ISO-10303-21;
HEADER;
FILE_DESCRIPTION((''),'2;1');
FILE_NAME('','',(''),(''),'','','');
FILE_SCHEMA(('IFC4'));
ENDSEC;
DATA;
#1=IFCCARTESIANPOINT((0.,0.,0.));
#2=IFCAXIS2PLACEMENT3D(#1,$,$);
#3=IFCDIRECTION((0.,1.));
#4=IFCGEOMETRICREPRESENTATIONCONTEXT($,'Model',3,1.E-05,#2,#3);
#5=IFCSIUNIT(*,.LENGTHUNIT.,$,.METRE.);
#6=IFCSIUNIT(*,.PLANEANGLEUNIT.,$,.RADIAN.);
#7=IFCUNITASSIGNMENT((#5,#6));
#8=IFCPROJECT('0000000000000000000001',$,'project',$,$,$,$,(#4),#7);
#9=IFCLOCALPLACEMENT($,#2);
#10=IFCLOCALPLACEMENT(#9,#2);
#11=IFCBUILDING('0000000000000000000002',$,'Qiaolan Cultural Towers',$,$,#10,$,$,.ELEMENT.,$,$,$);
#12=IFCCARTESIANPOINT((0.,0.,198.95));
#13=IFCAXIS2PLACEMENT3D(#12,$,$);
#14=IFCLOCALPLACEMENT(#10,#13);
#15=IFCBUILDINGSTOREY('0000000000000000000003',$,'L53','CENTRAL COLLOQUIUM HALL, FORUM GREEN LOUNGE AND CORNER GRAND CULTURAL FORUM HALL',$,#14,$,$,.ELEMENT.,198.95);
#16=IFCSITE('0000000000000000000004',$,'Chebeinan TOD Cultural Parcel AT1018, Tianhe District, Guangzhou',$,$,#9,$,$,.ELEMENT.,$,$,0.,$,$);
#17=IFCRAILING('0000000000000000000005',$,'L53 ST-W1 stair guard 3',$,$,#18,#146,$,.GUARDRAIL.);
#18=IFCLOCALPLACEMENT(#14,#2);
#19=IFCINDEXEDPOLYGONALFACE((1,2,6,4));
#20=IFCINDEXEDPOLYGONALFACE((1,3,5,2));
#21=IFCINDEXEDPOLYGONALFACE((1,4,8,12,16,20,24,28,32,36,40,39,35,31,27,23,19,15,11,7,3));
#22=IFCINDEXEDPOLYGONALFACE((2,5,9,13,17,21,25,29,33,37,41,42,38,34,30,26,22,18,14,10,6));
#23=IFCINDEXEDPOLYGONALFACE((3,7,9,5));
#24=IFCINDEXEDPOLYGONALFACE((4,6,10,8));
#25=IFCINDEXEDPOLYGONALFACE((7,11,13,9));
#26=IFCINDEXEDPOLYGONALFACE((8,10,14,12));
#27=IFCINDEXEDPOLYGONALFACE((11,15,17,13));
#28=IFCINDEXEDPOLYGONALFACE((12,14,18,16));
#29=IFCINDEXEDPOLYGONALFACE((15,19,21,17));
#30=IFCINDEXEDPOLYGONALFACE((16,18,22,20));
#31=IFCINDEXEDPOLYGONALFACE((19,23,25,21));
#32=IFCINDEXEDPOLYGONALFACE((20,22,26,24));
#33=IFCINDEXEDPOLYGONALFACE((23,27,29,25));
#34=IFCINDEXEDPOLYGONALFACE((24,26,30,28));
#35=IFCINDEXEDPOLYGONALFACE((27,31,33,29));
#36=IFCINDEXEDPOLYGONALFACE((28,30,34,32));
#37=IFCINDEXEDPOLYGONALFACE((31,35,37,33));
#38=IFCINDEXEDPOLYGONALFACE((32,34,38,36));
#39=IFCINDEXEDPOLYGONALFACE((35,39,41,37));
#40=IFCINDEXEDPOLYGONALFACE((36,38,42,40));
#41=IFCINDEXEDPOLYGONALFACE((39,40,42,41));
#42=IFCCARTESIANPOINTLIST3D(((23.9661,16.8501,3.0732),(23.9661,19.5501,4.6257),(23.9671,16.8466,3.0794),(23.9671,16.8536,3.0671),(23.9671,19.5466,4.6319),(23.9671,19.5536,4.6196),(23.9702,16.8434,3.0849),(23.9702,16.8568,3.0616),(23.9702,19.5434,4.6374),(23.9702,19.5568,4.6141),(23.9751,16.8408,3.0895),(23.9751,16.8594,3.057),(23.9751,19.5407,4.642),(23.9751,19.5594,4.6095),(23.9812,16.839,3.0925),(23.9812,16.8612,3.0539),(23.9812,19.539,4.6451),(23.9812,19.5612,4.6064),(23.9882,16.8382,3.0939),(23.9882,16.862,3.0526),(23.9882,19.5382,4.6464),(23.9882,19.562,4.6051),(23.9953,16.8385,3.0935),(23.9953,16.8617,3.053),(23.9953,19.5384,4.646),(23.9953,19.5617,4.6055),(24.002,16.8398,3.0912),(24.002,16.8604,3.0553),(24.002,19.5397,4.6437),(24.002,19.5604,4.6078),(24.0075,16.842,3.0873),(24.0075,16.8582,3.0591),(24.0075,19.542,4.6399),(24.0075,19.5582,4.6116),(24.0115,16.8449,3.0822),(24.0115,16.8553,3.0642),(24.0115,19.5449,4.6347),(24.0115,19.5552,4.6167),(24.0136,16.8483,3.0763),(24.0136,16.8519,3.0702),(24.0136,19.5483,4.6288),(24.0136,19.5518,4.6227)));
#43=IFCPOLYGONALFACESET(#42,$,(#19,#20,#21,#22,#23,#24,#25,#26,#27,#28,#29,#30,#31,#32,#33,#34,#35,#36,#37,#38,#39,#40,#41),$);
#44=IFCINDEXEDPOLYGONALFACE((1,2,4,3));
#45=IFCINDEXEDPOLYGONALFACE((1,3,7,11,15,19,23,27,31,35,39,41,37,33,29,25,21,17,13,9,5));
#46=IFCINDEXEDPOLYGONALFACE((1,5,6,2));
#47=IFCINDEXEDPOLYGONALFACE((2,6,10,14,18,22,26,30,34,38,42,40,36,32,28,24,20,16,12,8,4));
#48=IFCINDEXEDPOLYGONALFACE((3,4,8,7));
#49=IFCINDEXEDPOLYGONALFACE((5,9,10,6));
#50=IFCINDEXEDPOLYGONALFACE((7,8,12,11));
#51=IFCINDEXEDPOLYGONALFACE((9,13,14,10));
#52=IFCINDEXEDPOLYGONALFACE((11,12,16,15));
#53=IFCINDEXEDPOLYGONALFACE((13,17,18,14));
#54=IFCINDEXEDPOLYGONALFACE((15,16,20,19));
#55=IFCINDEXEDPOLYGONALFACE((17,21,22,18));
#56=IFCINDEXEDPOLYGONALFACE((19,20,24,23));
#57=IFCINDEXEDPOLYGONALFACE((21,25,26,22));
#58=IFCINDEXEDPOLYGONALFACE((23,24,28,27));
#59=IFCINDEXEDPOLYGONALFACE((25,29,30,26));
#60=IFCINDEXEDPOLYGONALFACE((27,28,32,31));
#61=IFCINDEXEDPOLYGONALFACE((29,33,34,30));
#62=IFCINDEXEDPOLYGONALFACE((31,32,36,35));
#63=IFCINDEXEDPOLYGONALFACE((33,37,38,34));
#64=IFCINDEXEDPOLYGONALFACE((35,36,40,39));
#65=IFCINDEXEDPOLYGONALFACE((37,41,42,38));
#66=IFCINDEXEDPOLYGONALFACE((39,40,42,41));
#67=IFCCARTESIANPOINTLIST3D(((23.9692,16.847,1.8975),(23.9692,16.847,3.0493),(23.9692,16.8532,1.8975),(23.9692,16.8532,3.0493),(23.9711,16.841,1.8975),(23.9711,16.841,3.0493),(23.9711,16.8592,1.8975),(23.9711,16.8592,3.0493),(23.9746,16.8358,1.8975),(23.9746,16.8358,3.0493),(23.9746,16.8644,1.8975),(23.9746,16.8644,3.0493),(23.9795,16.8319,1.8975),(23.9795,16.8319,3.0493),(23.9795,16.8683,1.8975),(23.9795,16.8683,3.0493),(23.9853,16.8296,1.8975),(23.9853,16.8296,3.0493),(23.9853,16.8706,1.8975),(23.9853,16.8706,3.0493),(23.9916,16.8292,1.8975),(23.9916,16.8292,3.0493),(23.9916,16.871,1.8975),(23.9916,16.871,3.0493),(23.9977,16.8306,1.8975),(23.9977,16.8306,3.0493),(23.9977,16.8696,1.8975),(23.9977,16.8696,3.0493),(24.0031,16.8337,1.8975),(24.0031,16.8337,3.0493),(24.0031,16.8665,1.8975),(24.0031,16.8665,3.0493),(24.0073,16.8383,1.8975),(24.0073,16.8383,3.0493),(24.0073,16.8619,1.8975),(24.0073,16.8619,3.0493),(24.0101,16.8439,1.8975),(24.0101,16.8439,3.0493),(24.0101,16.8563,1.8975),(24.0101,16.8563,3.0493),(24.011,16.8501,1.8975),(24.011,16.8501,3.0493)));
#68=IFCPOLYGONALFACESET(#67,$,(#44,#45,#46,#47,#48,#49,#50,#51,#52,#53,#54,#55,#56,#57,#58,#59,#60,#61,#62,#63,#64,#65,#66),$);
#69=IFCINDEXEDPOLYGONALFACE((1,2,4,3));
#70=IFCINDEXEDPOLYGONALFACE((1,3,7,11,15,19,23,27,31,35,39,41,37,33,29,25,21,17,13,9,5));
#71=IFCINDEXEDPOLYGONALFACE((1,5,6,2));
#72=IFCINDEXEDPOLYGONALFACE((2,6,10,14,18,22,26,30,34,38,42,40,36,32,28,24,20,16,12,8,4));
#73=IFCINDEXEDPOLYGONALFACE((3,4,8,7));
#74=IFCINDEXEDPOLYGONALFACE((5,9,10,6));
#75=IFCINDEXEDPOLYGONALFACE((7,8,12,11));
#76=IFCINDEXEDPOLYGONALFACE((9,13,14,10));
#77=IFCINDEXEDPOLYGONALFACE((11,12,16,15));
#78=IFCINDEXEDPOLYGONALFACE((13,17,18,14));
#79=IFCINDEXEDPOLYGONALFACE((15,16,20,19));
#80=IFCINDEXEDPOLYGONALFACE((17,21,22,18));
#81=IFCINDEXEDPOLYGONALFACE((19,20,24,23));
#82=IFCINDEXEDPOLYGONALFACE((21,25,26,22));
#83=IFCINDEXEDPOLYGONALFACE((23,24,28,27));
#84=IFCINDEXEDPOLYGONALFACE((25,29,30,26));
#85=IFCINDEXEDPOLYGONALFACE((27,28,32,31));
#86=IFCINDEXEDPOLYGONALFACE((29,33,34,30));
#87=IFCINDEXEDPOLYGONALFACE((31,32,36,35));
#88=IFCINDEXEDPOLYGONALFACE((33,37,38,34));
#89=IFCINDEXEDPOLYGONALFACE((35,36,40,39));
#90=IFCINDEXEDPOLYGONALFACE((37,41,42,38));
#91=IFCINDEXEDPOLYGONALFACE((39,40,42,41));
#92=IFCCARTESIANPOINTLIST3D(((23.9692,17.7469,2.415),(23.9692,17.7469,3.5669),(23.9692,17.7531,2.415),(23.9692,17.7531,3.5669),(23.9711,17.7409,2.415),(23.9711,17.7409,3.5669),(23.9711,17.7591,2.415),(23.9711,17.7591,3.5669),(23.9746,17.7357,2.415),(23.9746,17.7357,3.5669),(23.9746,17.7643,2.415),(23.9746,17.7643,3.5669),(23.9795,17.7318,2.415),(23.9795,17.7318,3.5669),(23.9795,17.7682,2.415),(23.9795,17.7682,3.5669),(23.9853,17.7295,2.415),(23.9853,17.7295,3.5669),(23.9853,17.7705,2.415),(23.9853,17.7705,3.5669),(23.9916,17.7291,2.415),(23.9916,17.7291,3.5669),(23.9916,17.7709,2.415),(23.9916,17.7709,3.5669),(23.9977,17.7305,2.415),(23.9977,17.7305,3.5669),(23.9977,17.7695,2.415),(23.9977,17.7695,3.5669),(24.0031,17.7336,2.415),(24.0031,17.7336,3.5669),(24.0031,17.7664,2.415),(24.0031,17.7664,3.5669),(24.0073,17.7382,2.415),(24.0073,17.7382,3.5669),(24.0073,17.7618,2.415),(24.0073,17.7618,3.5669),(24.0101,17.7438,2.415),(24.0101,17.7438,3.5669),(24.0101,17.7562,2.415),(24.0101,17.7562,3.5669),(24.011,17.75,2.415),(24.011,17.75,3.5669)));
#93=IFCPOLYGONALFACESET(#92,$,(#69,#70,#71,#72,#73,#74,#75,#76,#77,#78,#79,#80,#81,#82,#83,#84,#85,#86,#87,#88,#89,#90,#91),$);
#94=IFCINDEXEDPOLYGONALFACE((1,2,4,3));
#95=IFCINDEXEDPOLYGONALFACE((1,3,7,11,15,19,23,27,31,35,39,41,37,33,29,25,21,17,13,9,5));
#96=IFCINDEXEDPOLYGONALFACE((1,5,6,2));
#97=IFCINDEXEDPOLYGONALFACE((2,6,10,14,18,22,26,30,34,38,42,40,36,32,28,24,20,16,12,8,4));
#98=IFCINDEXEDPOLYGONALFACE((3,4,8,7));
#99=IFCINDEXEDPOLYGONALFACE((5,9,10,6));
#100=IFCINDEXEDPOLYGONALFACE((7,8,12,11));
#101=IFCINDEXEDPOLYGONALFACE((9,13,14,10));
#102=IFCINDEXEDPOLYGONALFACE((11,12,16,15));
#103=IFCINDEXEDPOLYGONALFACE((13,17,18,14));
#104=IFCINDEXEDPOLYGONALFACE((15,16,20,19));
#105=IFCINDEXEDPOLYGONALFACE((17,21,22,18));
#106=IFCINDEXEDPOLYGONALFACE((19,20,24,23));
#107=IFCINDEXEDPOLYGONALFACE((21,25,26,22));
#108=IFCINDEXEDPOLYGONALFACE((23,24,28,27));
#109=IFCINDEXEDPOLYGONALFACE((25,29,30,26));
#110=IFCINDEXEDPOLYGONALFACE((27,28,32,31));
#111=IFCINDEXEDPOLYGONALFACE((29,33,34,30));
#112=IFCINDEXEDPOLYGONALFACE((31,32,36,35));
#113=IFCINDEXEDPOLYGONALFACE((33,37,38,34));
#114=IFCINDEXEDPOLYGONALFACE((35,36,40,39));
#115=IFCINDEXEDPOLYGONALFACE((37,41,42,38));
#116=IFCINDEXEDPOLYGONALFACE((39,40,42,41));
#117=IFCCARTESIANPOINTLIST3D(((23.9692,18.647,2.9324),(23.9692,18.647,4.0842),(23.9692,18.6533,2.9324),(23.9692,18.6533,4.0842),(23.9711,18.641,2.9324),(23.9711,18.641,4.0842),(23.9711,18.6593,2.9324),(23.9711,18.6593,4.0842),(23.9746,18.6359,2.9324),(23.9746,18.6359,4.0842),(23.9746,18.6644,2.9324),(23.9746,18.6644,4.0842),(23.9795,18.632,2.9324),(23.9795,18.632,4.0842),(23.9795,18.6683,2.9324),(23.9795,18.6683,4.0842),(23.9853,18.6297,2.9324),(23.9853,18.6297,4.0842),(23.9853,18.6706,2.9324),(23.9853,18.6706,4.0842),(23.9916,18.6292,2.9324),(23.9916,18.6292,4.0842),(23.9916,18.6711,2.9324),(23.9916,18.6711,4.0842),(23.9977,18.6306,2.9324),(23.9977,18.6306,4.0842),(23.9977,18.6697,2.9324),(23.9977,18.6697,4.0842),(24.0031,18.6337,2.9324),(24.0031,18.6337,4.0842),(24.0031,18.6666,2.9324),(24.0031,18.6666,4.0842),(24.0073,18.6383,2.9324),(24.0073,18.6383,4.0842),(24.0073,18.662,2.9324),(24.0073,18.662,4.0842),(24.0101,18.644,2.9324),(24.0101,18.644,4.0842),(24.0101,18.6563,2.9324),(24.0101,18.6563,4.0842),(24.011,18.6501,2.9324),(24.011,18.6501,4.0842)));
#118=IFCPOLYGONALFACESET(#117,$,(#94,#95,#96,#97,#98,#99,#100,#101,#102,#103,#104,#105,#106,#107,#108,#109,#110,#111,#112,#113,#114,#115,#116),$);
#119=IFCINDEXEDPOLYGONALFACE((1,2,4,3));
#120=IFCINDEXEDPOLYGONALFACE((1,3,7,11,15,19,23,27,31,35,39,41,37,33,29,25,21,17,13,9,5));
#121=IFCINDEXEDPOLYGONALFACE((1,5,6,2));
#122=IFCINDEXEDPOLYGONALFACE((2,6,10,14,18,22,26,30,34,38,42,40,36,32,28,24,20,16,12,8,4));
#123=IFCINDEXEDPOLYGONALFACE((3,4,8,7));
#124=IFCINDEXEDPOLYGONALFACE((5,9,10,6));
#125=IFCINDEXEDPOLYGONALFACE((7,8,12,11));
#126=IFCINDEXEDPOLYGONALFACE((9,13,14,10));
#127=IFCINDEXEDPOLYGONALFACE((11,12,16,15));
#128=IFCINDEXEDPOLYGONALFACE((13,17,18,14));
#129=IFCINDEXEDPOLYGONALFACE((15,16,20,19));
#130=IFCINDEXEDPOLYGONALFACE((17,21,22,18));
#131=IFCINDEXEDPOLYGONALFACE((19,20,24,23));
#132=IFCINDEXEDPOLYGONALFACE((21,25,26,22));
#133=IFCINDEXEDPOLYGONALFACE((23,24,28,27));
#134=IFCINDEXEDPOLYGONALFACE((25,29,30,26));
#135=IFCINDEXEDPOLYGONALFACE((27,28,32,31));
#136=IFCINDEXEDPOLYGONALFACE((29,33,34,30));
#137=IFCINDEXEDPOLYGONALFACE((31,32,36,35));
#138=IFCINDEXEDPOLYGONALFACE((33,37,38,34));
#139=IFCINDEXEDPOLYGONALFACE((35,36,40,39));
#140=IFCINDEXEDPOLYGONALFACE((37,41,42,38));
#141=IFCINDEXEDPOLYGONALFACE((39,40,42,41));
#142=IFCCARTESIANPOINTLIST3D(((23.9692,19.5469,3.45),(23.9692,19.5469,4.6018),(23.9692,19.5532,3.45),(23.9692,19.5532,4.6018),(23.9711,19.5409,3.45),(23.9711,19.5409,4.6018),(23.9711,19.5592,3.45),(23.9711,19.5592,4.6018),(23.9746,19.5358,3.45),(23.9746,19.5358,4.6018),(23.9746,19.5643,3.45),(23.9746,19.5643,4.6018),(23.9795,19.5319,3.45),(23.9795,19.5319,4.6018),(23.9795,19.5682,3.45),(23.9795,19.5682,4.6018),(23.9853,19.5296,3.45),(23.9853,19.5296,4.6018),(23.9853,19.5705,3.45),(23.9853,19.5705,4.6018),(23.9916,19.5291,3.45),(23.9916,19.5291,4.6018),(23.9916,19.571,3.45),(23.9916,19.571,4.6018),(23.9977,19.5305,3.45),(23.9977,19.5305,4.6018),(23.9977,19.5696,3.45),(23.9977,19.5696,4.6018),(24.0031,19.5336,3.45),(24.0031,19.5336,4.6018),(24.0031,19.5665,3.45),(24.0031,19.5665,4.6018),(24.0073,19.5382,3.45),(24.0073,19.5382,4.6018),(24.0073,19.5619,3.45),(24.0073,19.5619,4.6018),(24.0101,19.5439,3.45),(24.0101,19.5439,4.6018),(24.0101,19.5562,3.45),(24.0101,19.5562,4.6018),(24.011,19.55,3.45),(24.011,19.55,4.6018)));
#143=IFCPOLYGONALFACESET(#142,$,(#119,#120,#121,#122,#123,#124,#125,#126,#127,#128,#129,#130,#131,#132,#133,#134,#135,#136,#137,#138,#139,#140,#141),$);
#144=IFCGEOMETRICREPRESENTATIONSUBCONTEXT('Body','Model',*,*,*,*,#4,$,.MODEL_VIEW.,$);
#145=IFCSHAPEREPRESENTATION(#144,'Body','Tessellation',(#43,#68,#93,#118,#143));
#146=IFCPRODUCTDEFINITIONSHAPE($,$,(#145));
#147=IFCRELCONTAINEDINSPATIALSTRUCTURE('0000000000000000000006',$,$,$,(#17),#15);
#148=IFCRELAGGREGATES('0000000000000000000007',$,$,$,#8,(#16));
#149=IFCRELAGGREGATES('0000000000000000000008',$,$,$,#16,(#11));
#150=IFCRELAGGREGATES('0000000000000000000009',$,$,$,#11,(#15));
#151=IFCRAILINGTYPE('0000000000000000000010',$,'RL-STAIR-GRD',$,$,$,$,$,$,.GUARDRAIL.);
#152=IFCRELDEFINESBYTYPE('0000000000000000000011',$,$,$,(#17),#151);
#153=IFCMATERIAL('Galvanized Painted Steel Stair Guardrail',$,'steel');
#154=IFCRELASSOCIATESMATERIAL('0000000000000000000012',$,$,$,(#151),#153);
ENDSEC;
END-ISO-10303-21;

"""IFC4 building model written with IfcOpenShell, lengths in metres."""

from ifc_helpers import new_model, si_unit, direction, frame, origin, origin_2d, place, context, subcontext, project, spatial, circle, extrude, material, type_object, element, save


model = new_model("IFC4")

# Units and contexts
model_context = context("Model", 3, precision=1e-05, world=origin(), true_north=direction((0.0, 1.0)))
body_context = subcontext(model_context, "Body", "Model", "MODEL_VIEW")
ifc_project = project(units=[si_unit("LENGTHUNIT", "METRE"), si_unit("PLANEANGLEUNIT", "RADIAN")], contexts=[model_context])

# Site, building, storey
site_placement = place(None, origin())
site = spatial("IfcSite", under=ifc_project, at=site_placement, Name="Chebeinan TOD Cultural Parcel AT1018, Tianhe District, Guangzhou", CompositionType="ELEMENT", RefElevation=0.0)
building_placement = place(site_placement, origin())
building = spatial("IfcBuilding", under=site, at=building_placement, Name="Qiaolan Cultural Towers", CompositionType="ELEMENT")
storey_placement = place(building_placement, frame((0.0, 0.0, 198.95)))
storey = spatial("IfcBuildingStorey", under=building, at=storey_placement, Name="L53", Description="CENTRAL COLLOQUIUM HALL, FORUM GREEN LOUNGE AND CORNER GRAND CULTURAL FORUM HALL", CompositionType="ELEMENT", Elevation=198.95)

# Railing
ifc_material_1 = material(Name="Galvanized Painted Steel Stair Guardrail", Category="steel")
railing_type_1 = type_object("IfcRailingType", Name="RL-STAIR-GRD", PredefinedType="GUARDRAIL", material=ifc_material_1)
railing_1_placement = place(storey_placement, frame((23.99, 16.8501, 1.8975)))
element("IfcRailing", 1, at=railing_1_placement, inside=storey, type_object=railing_type_1, Name="L53 ST-W1 stair guard 3", PredefinedType="GUARDRAIL", context=body_context, shape_type="SweptSolid", body=[
    extrude(circle(Radius=0.0239, at=origin_2d()), frame((0.0, 0.0, 1.1758), z_axis=(0.0, 0.866904, 0.498476), x_axis=(-1.0, 0.0, 0.0)), (0.0, 0.0, 1.0), 3.1145),
    extrude(circle(Radius=0.021, at=origin_2d()), origin(), (0.0, 0.0, 1.0), 1.1519),
    extrude(circle(Radius=0.021, at=origin_2d()), frame((0.0, 0.8999, 0.5176)), (0.0, 0.0, 1.0), 1.1519),
    extrude(circle(Radius=0.021, at=origin_2d()), frame((0.0, 1.8, 1.0349)), (0.0, 0.0, 1.0), 1.1519),
    extrude(circle(Radius=0.021, at=origin_2d()), frame((0.0, 2.7, 1.5525)), (0.0, 0.0, 1.0), 1.1519),
])

save(model, "model.ifc")
